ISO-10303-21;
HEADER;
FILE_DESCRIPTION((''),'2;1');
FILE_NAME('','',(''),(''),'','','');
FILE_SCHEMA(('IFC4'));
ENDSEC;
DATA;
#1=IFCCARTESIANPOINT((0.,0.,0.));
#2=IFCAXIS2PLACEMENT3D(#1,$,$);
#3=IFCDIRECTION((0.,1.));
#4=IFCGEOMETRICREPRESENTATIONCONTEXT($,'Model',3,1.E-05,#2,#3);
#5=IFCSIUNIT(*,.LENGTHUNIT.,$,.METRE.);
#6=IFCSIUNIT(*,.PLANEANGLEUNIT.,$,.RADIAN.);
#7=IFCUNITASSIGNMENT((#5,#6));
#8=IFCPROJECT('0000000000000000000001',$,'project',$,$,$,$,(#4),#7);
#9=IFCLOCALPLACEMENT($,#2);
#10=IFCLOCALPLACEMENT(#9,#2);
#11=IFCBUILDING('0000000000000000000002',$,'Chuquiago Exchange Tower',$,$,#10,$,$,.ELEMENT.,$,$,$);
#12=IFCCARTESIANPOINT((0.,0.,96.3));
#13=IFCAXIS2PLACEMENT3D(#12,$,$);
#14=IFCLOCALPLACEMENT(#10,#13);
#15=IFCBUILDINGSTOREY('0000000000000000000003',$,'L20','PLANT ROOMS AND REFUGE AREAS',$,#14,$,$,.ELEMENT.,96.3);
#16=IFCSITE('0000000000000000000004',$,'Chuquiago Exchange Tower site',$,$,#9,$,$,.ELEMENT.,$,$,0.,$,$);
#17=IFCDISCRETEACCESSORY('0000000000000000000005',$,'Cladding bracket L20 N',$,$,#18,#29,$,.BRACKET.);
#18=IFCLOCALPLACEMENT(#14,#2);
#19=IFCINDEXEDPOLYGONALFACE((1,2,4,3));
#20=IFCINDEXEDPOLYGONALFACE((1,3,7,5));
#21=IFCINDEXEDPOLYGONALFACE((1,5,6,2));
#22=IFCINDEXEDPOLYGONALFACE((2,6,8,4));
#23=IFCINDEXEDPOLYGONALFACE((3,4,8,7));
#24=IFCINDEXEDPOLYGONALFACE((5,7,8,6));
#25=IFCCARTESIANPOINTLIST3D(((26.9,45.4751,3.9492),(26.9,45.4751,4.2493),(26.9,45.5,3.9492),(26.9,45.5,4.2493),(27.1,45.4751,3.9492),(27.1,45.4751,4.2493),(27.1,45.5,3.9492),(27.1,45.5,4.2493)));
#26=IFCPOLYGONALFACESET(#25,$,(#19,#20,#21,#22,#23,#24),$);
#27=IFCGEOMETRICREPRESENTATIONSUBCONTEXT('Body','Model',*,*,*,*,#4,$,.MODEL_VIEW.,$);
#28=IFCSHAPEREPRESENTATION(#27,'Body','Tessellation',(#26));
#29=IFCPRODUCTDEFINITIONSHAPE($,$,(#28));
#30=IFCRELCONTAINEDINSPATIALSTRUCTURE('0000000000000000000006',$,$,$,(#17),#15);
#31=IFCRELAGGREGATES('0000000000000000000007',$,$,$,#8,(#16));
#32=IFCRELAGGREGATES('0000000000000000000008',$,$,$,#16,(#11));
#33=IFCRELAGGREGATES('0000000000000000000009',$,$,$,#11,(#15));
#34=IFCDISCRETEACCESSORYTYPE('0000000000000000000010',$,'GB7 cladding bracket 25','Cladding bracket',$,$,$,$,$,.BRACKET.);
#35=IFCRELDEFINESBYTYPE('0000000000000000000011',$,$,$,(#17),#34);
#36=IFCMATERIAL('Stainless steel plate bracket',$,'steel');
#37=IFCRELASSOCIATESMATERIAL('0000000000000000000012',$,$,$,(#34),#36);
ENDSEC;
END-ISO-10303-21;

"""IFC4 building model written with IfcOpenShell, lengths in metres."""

from ifc_helpers import new_model, si_unit, direction, frame, origin, origin_2d, place, context, subcontext, project, spatial, rectangle, extrude, material, type_object, element, save


model = new_model("IFC4")

# Units and contexts
model_context = context("Model", 3, precision=1e-05, world=origin(), true_north=direction((0.0, 1.0)))
body_context = subcontext(model_context, "Body", "Model", "MODEL_VIEW")
ifc_project = project(units=[si_unit("LENGTHUNIT", "METRE"), si_unit("PLANEANGLEUNIT", "RADIAN")], contexts=[model_context])

# Site, building, storey
site_placement = place(None, origin())
site = spatial("IfcSite", under=ifc_project, at=site_placement, Name="Chuquiago Exchange Tower site", CompositionType="ELEMENT", RefElevation=0.0)
building_placement = place(site_placement, origin())
building = spatial("IfcBuilding", under=site, at=building_placement, Name="Chuquiago Exchange Tower", CompositionType="ELEMENT")
storey_placement = place(building_placement, frame((0.0, 0.0, 96.3)))
storey = spatial("IfcBuildingStorey", under=building, at=storey_placement, Name="L20", Description="PLANT ROOMS AND REFUGE AREAS", CompositionType="ELEMENT", Elevation=96.3)

# Discrete accessory
ifc_material_1 = material(Name="Stainless steel plate bracket", Category="steel")
discrete_accessory_type_1 = type_object("IfcDiscreteAccessoryType", Name="GB7 cladding bracket 25", Description="Cladding bracket", PredefinedType="BRACKET", material=ifc_material_1)
for number, where, z_axis, x_axis, name in (
    (1, (27.0, 45.4875, 3.9492), (0.0, 0.0, 1.0), (-1.0, 0.0, 0.0), "Cladding bracket L20 N"),
):
    element("IfcDiscreteAccessory", number, at=place(storey_placement, frame(where, z_axis=z_axis, x_axis=x_axis)), inside=storey, type_object=discrete_accessory_type_1, Name=name, PredefinedType="BRACKET", context=body_context, shape_type="SweptSolid", body=[
        extrude(rectangle(XDim=0.2, YDim=0.0249, at=origin_2d()), origin(), (0.0, 0.0, 1.0), 0.3),
    ])

save(model, "model.ifc")
